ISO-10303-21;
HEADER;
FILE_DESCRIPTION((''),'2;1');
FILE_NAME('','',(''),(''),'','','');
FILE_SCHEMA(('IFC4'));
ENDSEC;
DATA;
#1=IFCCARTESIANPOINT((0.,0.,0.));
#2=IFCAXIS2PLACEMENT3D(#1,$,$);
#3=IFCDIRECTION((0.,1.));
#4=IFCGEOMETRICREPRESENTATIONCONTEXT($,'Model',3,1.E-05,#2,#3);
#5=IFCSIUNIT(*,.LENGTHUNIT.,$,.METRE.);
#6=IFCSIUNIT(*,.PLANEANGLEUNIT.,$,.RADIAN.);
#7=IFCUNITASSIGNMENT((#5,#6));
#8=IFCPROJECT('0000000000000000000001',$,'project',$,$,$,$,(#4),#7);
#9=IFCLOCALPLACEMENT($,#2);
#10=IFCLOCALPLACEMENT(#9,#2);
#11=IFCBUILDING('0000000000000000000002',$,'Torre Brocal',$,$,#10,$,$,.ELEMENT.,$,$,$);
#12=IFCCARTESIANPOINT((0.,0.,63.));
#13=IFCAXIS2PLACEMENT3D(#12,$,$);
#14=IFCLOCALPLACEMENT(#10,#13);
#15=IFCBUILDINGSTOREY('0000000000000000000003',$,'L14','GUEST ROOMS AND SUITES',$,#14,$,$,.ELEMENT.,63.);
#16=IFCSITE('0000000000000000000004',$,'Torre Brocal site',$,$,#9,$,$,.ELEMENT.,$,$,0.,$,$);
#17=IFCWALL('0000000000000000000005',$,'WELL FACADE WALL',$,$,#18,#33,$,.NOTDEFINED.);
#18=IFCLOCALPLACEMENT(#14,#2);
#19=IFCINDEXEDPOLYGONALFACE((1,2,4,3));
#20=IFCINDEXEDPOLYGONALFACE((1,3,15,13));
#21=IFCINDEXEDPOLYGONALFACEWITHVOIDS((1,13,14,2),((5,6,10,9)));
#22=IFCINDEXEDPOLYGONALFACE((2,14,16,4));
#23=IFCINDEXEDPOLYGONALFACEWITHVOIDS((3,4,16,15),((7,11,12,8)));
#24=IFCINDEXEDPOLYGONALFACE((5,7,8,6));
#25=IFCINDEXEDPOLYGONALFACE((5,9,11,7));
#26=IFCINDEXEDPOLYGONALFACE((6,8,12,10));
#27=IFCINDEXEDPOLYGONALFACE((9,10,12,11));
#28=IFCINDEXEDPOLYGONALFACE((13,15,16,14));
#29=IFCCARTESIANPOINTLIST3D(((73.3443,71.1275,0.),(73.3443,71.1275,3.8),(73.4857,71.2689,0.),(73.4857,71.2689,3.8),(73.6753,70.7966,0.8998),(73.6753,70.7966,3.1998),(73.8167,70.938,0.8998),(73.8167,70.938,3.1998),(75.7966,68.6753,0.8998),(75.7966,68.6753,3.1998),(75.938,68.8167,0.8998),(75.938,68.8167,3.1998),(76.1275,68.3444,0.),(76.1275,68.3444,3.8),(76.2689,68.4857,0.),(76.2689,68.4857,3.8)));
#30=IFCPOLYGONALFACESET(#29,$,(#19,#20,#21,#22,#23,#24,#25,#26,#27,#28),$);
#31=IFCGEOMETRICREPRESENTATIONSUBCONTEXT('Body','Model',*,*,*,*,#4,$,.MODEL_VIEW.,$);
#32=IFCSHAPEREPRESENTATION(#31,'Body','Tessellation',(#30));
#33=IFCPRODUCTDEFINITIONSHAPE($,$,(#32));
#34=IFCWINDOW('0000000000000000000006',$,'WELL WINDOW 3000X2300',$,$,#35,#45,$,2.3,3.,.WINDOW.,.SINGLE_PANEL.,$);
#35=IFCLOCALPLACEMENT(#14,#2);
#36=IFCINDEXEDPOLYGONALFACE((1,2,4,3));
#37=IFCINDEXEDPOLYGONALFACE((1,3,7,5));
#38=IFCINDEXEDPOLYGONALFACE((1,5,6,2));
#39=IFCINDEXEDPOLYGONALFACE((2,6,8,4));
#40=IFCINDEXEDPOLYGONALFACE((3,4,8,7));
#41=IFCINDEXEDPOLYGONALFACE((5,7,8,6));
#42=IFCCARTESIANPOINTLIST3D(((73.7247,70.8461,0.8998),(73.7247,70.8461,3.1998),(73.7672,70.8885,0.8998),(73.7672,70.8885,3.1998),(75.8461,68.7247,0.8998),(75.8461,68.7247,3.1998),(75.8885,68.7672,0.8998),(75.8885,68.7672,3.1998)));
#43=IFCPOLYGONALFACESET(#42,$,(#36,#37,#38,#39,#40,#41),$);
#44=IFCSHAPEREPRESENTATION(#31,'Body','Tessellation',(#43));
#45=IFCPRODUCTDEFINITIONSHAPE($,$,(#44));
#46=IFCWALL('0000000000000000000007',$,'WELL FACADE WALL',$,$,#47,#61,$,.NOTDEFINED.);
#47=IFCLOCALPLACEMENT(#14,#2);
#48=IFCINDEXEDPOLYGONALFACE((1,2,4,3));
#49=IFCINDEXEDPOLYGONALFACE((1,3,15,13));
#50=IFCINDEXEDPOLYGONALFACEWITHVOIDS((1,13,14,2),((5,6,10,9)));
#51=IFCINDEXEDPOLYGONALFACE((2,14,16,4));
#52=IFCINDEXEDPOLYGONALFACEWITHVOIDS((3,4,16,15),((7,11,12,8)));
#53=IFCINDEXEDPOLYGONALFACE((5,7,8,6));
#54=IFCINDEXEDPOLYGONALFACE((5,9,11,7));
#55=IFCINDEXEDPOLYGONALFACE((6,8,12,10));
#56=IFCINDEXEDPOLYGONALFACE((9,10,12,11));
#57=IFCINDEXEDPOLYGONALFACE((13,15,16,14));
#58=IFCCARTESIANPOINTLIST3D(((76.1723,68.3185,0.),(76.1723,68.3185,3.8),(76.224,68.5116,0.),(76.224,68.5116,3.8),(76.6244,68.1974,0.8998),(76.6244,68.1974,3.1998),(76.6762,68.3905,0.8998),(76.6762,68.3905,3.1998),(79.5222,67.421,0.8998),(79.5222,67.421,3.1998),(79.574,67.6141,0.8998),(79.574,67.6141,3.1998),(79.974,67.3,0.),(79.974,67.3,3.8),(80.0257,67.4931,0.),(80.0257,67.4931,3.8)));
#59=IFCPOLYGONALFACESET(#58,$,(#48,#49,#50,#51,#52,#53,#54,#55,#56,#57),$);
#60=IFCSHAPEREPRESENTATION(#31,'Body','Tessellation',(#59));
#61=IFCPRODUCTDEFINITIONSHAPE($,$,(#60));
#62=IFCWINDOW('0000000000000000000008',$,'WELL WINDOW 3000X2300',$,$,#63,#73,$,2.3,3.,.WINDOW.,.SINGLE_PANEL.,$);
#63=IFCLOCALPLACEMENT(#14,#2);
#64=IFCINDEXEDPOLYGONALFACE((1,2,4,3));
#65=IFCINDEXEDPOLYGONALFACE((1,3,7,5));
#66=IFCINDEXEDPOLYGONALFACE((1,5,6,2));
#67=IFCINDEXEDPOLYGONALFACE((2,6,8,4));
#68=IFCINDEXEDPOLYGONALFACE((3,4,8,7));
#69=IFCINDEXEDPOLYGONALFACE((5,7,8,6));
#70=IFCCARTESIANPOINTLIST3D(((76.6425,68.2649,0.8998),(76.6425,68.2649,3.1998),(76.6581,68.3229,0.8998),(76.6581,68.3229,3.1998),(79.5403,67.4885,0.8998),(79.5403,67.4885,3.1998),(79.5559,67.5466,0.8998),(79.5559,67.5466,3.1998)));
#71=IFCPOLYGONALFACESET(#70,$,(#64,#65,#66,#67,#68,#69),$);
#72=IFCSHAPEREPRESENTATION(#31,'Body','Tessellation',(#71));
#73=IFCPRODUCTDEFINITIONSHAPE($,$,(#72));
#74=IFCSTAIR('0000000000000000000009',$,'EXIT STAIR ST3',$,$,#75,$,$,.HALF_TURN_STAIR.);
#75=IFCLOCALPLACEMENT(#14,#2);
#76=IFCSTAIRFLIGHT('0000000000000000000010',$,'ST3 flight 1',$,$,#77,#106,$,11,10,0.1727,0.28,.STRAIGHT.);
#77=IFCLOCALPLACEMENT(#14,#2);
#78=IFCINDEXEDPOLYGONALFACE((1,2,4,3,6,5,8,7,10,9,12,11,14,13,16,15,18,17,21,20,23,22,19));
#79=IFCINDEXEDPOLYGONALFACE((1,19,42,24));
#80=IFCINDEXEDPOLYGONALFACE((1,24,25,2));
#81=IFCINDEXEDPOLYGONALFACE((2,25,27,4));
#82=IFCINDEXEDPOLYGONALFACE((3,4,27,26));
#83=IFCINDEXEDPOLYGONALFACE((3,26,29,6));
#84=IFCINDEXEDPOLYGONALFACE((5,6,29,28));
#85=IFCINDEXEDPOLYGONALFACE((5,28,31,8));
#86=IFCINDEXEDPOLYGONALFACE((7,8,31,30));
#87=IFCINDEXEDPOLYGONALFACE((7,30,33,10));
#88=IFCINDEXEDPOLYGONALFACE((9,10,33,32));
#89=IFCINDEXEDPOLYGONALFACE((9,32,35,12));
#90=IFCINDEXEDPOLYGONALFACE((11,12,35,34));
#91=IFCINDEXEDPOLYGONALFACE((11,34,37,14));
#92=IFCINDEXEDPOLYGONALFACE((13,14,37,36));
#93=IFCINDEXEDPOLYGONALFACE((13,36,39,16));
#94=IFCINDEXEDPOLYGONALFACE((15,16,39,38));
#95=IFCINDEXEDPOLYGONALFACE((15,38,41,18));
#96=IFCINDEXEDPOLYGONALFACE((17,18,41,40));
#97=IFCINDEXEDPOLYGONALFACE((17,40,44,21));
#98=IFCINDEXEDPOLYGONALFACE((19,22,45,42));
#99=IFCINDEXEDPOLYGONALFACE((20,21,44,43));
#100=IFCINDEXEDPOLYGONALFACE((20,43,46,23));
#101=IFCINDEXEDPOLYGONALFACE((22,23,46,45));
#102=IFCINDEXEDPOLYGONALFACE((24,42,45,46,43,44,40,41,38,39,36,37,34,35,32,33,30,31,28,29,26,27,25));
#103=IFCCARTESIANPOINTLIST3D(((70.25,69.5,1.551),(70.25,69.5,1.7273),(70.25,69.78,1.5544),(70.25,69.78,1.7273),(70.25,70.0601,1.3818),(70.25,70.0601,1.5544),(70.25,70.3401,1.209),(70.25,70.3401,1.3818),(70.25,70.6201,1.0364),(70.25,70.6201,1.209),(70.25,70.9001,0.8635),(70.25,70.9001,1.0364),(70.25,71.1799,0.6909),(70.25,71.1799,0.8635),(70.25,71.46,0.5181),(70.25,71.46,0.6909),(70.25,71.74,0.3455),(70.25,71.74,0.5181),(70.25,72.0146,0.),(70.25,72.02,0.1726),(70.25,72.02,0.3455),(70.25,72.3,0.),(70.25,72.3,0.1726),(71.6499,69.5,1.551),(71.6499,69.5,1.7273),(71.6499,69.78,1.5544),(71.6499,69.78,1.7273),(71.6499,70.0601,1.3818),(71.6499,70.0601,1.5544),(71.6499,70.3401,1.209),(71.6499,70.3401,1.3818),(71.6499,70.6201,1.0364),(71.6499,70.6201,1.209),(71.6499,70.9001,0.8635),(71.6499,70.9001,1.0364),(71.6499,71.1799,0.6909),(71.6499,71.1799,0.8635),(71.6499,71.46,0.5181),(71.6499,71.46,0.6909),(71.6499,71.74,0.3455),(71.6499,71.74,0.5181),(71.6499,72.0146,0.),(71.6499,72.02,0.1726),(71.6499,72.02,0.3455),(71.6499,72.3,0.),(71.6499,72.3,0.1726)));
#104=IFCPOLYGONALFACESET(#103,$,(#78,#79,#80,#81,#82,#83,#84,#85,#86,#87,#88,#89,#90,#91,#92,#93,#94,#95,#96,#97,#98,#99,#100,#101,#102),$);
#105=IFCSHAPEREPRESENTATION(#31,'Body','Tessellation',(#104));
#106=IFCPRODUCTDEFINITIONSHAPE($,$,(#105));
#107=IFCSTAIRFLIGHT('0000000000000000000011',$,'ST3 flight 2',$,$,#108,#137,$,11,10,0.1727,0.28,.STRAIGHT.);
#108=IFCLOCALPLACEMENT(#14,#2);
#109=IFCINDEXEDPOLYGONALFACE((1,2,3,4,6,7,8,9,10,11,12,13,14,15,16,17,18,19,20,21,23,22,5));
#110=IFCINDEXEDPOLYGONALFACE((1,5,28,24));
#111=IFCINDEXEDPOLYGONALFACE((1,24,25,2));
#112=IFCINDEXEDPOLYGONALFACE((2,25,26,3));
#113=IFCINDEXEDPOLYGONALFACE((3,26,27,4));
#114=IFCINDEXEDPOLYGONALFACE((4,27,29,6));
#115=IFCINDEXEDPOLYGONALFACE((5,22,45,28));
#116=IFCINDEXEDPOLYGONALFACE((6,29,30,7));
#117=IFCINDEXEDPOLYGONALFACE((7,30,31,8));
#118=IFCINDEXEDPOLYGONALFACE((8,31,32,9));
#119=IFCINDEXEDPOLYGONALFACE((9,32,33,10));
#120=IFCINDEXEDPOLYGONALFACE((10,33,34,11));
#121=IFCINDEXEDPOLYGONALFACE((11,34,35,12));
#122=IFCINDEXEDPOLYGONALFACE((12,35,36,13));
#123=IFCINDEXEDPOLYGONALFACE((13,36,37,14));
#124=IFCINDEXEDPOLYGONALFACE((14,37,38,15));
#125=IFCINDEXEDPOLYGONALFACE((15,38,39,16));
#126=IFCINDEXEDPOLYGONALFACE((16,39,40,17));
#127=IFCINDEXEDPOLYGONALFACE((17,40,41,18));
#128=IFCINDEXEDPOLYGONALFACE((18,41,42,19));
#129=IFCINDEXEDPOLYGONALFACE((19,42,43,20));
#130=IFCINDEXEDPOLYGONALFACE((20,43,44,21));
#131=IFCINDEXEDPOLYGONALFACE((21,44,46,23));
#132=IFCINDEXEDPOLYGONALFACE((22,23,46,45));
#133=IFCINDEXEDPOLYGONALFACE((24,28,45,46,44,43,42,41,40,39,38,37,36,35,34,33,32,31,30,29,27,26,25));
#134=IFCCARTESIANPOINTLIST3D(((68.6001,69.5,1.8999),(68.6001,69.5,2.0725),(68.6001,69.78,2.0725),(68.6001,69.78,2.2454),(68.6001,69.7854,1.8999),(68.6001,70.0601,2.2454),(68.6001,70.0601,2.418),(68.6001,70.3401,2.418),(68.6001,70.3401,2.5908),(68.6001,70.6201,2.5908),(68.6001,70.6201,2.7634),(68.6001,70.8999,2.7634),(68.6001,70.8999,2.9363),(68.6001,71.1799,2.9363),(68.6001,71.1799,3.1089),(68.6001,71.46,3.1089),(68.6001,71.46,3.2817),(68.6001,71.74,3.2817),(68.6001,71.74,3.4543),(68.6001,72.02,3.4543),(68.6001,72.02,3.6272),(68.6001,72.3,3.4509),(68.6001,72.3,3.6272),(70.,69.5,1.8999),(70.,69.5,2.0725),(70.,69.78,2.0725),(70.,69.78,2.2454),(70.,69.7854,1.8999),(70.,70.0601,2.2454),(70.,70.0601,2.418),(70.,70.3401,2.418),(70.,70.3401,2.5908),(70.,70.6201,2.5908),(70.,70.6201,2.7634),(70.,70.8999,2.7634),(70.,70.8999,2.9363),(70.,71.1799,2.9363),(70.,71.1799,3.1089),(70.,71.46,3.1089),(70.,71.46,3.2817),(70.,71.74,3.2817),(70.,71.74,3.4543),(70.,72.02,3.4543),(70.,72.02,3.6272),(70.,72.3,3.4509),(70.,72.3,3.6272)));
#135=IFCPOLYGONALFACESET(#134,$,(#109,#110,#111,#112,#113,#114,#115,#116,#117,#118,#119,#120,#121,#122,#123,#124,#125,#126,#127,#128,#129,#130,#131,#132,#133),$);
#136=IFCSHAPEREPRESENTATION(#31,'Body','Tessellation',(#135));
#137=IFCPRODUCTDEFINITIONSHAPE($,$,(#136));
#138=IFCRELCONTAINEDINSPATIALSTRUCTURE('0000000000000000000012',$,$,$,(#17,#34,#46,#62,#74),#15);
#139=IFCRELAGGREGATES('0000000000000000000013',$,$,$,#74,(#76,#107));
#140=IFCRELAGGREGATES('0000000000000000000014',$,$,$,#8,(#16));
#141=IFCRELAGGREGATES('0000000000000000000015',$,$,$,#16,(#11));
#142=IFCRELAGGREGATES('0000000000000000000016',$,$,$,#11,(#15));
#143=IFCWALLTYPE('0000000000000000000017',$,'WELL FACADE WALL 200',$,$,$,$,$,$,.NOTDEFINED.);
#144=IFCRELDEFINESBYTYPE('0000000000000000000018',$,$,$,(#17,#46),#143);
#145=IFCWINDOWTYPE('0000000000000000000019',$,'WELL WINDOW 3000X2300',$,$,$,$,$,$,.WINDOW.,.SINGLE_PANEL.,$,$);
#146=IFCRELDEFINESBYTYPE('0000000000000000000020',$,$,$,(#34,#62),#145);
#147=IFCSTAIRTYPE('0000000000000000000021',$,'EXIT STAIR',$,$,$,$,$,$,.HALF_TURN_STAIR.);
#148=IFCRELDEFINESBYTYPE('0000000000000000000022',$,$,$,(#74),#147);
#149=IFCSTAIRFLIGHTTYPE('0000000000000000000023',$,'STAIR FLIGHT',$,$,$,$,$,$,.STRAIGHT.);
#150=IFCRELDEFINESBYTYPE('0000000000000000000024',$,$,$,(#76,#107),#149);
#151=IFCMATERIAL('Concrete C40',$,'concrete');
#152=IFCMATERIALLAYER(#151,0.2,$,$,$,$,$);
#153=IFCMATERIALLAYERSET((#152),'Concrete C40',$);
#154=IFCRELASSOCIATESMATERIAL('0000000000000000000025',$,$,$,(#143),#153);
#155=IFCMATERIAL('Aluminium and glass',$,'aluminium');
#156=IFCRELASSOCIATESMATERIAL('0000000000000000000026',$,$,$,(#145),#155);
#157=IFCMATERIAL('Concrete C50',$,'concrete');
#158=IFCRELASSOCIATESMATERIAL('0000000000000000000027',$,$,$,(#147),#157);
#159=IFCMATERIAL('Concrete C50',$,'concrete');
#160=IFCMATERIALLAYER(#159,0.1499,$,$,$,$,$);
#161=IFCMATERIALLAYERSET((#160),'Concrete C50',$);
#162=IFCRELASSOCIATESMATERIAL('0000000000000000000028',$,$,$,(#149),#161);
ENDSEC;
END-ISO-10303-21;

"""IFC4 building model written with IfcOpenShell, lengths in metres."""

from ifc_helpers import new_model, si_unit, direction, frame, frame_2d, origin, place, context, subcontext, project, spatial, polyline, rectangle, outline, extrude, material, layer, layer_set, type_object, element, fill, aggregate, save


model = new_model("IFC4")

# Units and contexts
model_context = context("Model", 3, precision=1e-05, world=origin(), true_north=direction((0.0, 1.0)))
body_context = subcontext(model_context, "Body", "Model", "MODEL_VIEW")
ifc_project = project(units=[si_unit("LENGTHUNIT", "METRE"), si_unit("PLANEANGLEUNIT", "RADIAN")], contexts=[model_context])

# Site, building, storey
site_placement = place(None, origin())
site = spatial("IfcSite", under=ifc_project, at=site_placement, Name="Torre Brocal site", CompositionType="ELEMENT", RefElevation=0.0)
building_placement = place(site_placement, origin())
building = spatial("IfcBuilding", under=site, at=building_placement, Name="Torre Brocal", CompositionType="ELEMENT")
storey_placement = place(building_placement, frame((0.0, 0.0, 63.0)))
storey = spatial("IfcBuildingStorey", under=building, at=storey_placement, Name="L14", Description="GUEST ROOMS AND SUITES", CompositionType="ELEMENT", Elevation=63.0)

# Walls, openings, windows
ifc_material_1 = material(Name="Concrete C40", Category="concrete")
ifc_layer_1 = layer(ifc_material_1, 0.2)
ifc_layer_set_1 = layer_set([ifc_layer_1], Name="Concrete C40")
wall_type_1 = type_object("IfcWallType", Name="WELL FACADE WALL 200", PredefinedType="NOTDEFINED", material=ifc_layer_set_1)
wall_1_placement = place(storey_placement, frame((73.415, 71.1982, 0.0), z_axis=(0.0, 0.0, 1.0), x_axis=(0.707107, -0.707107, 0.0)))
wall_1 = element("IfcWall", 1, at=wall_1_placement, inside=storey, type_object=wall_type_1, Name="WELL FACADE WALL", PredefinedType="NOTDEFINED", context=body_context, shape_type="SweptSolid", body=[
    extrude(rectangle(XDim=3.936, YDim=0.2, at=frame_2d((1.968, 0.0))), origin(), (0.0, 0.0, 1.0), 3.8),
])
opening_1_placement = place(wall_1_placement, frame((0.468, 0.0, 0.8999)))
opening_1 = element("IfcOpeningElement", 2, at=opening_1_placement, cuts=wall_1, PredefinedType="OPENING", context=body_context, shape_type="SweptSolid", body=[
    extrude(rectangle(XDim=3.0, YDim=2.3, at=frame_2d((1.5, 1.1499))), frame((0.0, 0.1099, 0.0), z_axis=(0.0, -1.0, 0.0), x_axis=(1.0, 0.0, 0.0)), (0.0, 0.0, 1.0), 0.22),
])
ifc_material_2 = material(Name="Aluminium and glass", Category="aluminium")
window_type = type_object("IfcWindowType", Name="WELL WINDOW 3000X2300", PartitioningType="SINGLE_PANEL", PredefinedType="WINDOW", material=ifc_material_2)
window_1_placement = place(opening_1_placement, origin())
window_1 = element("IfcWindow", 3, at=window_1_placement, inside=storey, type_object=window_type, Name="WELL WINDOW 3000X2300", OverallHeight=2.3, OverallWidth=3.0, PartitioningType="SINGLE_PANEL", PredefinedType="WINDOW", context=body_context, shape_type="SweptSolid", body=[
    extrude(rectangle(XDim=3.0, YDim=2.3, at=frame_2d((1.5, 1.1499))), frame((0.0, 0.03, 0.0), z_axis=(0.0, -1.0, 0.0), x_axis=(1.0, 0.0, 0.0)), (0.0, 0.0, 1.0), 0.0601),
])
fill(opening_1, window_1)
wall_2_placement = place(storey_placement, frame((76.1982, 68.415, 0.0), z_axis=(0.0, 0.0, 1.0), x_axis=(0.965934, -0.25879, 0.0)))
wall_2 = element("IfcWall", 4, at=wall_2_placement, inside=storey, type_object=wall_type_1, Name="WELL FACADE WALL", PredefinedType="NOTDEFINED", context=body_context, shape_type="SweptSolid", body=[
    extrude(rectangle(XDim=3.9358, YDim=0.2, at=frame_2d((1.9678, 0.0))), origin(), (0.0, 0.0, 1.0), 3.8),
])
opening_2_placement = place(wall_2_placement, frame((0.468, 0.0, 0.8999)))
opening_2 = element("IfcOpeningElement", 5, at=opening_2_placement, cuts=wall_2, PredefinedType="OPENING", context=body_context, shape_type="SweptSolid", body=[
    extrude(rectangle(XDim=3.0, YDim=2.3, at=frame_2d((1.5, 1.1499))), frame((0.0, 0.1099, 0.0), z_axis=(0.0, -1.0, 0.0), x_axis=(1.0, 0.0, 0.0)), (0.0, 0.0, 1.0), 0.22),
])
window_2_placement = place(opening_2_placement, origin())
window_2 = element("IfcWindow", 6, at=window_2_placement, inside=storey, type_object=window_type, Name="WELL WINDOW 3000X2300", OverallHeight=2.3, OverallWidth=3.0, PartitioningType="SINGLE_PANEL", PredefinedType="WINDOW", context=body_context, shape_type="SweptSolid", body=[
    extrude(rectangle(XDim=3.0, YDim=2.3, at=frame_2d((1.5, 1.1499))), frame((0.0, 0.03, 0.0), z_axis=(0.0, -1.0, 0.0), x_axis=(1.0, 0.0, 0.0)), (0.0, 0.0, 1.0), 0.0601),
])
fill(opening_2, window_2)

# Stair, stair flights
ifc_material_3 = material(Name="Concrete C50", Category="concrete")
stair_type = type_object("IfcStairType", Name="EXIT STAIR", PredefinedType="HALF_TURN_STAIR", material=ifc_material_3)
stair_placement = place(storey_placement, origin())
stair = element("IfcStair", 7, at=stair_placement, inside=storey, type_object=stair_type, Name="EXIT STAIR ST3", PredefinedType="HALF_TURN_STAIR")
ifc_material_4 = material(Name="Concrete C50", Category="concrete")
ifc_layer_2 = layer(ifc_material_4, 0.1499)
ifc_layer_set_2 = layer_set([ifc_layer_2], Name="Concrete C50")
stair_flight_type = type_object("IfcStairFlightType", Name="STAIR FLIGHT", PredefinedType="STRAIGHT", material=ifc_layer_set_2)
stair_flight_1_placement = place(storey_placement, frame((70.95, 72.3, 0.0), z_axis=(0.0, 0.0, 1.0), x_axis=(0.0, -1.0, 0.0)))
stair_flight_1 = element("IfcStairFlight", 8, at=stair_flight_1_placement, type_object=stair_flight_type, Name="ST3 flight 1", NumberOfRisers=11, NumberOfTreads=10, PredefinedType="STRAIGHT", RiserHeight=0.1727, TreadLength=0.28, context=body_context, shape_type="SweptSolid", body=[
    extrude(outline(polyline([(0.0, 0.0), (0.0, 0.1726), (0.28, 0.1726), (0.28, 0.3455), (0.5601, 0.3455), (0.5601, 0.5181), (0.8401, 0.5181), (0.8401, 0.6909), (1.1201, 0.6909), (1.1201, 0.8635), (1.3999, 0.8635), (1.3999, 1.0364), (1.6799, 1.0364), (1.6799, 1.209), (1.96, 1.209), (1.96, 1.3818), (2.24, 1.3818), (2.24, 1.5544), (2.52, 1.5544), (2.52, 1.7273), (2.8, 1.7273), (2.8, 1.8999), (2.8, 1.551), (0.2854, 0.0), (0.0, 0.0)])), frame((0.0, 0.7, 0.0), z_axis=(0.0, -1.0, 0.0), x_axis=(1.0, 0.0, 0.0)), (0.0, 0.0, 1.0), 1.3999),
])
stair_flight_2_placement = place(storey_placement, frame((69.3, 69.5, 1.8999), z_axis=(0.0, 0.0, 1.0), x_axis=(0.0, 1.0, 0.0)))
stair_flight_2 = element("IfcStairFlight", 9, at=stair_flight_2_placement, type_object=stair_flight_type, Name="ST3 flight 2", NumberOfRisers=11, NumberOfTreads=10, PredefinedType="STRAIGHT", RiserHeight=0.1727, TreadLength=0.28, context=body_context, shape_type="SweptSolid", body=[
    extrude(outline(polyline([(0.0, 0.0), (0.0, 0.1726), (0.28, 0.1726), (0.28, 0.3455), (0.5601, 0.3455), (0.5601, 0.5181), (0.8401, 0.5181), (0.8401, 0.6909), (1.1201, 0.6909), (1.1201, 0.8635), (1.3999, 0.8635), (1.3999, 1.0364), (1.6799, 1.0364), (1.6799, 1.209), (1.96, 1.209), (1.96, 1.3818), (2.24, 1.3818), (2.24, 1.5544), (2.52, 1.5544), (2.52, 1.7273), (2.8, 1.7273), (2.8, 1.8999), (2.8, 1.551), (0.2854, 0.0), (0.0, 0.0)])), frame((0.0, 0.7, 0.0), z_axis=(0.0, -1.0, 0.0), x_axis=(1.0, 0.0, 0.0)), (0.0, 0.0, 1.0), 1.3999),
])
aggregate(stair, [stair_flight_1, stair_flight_2])

save(model, "model.ifc")
